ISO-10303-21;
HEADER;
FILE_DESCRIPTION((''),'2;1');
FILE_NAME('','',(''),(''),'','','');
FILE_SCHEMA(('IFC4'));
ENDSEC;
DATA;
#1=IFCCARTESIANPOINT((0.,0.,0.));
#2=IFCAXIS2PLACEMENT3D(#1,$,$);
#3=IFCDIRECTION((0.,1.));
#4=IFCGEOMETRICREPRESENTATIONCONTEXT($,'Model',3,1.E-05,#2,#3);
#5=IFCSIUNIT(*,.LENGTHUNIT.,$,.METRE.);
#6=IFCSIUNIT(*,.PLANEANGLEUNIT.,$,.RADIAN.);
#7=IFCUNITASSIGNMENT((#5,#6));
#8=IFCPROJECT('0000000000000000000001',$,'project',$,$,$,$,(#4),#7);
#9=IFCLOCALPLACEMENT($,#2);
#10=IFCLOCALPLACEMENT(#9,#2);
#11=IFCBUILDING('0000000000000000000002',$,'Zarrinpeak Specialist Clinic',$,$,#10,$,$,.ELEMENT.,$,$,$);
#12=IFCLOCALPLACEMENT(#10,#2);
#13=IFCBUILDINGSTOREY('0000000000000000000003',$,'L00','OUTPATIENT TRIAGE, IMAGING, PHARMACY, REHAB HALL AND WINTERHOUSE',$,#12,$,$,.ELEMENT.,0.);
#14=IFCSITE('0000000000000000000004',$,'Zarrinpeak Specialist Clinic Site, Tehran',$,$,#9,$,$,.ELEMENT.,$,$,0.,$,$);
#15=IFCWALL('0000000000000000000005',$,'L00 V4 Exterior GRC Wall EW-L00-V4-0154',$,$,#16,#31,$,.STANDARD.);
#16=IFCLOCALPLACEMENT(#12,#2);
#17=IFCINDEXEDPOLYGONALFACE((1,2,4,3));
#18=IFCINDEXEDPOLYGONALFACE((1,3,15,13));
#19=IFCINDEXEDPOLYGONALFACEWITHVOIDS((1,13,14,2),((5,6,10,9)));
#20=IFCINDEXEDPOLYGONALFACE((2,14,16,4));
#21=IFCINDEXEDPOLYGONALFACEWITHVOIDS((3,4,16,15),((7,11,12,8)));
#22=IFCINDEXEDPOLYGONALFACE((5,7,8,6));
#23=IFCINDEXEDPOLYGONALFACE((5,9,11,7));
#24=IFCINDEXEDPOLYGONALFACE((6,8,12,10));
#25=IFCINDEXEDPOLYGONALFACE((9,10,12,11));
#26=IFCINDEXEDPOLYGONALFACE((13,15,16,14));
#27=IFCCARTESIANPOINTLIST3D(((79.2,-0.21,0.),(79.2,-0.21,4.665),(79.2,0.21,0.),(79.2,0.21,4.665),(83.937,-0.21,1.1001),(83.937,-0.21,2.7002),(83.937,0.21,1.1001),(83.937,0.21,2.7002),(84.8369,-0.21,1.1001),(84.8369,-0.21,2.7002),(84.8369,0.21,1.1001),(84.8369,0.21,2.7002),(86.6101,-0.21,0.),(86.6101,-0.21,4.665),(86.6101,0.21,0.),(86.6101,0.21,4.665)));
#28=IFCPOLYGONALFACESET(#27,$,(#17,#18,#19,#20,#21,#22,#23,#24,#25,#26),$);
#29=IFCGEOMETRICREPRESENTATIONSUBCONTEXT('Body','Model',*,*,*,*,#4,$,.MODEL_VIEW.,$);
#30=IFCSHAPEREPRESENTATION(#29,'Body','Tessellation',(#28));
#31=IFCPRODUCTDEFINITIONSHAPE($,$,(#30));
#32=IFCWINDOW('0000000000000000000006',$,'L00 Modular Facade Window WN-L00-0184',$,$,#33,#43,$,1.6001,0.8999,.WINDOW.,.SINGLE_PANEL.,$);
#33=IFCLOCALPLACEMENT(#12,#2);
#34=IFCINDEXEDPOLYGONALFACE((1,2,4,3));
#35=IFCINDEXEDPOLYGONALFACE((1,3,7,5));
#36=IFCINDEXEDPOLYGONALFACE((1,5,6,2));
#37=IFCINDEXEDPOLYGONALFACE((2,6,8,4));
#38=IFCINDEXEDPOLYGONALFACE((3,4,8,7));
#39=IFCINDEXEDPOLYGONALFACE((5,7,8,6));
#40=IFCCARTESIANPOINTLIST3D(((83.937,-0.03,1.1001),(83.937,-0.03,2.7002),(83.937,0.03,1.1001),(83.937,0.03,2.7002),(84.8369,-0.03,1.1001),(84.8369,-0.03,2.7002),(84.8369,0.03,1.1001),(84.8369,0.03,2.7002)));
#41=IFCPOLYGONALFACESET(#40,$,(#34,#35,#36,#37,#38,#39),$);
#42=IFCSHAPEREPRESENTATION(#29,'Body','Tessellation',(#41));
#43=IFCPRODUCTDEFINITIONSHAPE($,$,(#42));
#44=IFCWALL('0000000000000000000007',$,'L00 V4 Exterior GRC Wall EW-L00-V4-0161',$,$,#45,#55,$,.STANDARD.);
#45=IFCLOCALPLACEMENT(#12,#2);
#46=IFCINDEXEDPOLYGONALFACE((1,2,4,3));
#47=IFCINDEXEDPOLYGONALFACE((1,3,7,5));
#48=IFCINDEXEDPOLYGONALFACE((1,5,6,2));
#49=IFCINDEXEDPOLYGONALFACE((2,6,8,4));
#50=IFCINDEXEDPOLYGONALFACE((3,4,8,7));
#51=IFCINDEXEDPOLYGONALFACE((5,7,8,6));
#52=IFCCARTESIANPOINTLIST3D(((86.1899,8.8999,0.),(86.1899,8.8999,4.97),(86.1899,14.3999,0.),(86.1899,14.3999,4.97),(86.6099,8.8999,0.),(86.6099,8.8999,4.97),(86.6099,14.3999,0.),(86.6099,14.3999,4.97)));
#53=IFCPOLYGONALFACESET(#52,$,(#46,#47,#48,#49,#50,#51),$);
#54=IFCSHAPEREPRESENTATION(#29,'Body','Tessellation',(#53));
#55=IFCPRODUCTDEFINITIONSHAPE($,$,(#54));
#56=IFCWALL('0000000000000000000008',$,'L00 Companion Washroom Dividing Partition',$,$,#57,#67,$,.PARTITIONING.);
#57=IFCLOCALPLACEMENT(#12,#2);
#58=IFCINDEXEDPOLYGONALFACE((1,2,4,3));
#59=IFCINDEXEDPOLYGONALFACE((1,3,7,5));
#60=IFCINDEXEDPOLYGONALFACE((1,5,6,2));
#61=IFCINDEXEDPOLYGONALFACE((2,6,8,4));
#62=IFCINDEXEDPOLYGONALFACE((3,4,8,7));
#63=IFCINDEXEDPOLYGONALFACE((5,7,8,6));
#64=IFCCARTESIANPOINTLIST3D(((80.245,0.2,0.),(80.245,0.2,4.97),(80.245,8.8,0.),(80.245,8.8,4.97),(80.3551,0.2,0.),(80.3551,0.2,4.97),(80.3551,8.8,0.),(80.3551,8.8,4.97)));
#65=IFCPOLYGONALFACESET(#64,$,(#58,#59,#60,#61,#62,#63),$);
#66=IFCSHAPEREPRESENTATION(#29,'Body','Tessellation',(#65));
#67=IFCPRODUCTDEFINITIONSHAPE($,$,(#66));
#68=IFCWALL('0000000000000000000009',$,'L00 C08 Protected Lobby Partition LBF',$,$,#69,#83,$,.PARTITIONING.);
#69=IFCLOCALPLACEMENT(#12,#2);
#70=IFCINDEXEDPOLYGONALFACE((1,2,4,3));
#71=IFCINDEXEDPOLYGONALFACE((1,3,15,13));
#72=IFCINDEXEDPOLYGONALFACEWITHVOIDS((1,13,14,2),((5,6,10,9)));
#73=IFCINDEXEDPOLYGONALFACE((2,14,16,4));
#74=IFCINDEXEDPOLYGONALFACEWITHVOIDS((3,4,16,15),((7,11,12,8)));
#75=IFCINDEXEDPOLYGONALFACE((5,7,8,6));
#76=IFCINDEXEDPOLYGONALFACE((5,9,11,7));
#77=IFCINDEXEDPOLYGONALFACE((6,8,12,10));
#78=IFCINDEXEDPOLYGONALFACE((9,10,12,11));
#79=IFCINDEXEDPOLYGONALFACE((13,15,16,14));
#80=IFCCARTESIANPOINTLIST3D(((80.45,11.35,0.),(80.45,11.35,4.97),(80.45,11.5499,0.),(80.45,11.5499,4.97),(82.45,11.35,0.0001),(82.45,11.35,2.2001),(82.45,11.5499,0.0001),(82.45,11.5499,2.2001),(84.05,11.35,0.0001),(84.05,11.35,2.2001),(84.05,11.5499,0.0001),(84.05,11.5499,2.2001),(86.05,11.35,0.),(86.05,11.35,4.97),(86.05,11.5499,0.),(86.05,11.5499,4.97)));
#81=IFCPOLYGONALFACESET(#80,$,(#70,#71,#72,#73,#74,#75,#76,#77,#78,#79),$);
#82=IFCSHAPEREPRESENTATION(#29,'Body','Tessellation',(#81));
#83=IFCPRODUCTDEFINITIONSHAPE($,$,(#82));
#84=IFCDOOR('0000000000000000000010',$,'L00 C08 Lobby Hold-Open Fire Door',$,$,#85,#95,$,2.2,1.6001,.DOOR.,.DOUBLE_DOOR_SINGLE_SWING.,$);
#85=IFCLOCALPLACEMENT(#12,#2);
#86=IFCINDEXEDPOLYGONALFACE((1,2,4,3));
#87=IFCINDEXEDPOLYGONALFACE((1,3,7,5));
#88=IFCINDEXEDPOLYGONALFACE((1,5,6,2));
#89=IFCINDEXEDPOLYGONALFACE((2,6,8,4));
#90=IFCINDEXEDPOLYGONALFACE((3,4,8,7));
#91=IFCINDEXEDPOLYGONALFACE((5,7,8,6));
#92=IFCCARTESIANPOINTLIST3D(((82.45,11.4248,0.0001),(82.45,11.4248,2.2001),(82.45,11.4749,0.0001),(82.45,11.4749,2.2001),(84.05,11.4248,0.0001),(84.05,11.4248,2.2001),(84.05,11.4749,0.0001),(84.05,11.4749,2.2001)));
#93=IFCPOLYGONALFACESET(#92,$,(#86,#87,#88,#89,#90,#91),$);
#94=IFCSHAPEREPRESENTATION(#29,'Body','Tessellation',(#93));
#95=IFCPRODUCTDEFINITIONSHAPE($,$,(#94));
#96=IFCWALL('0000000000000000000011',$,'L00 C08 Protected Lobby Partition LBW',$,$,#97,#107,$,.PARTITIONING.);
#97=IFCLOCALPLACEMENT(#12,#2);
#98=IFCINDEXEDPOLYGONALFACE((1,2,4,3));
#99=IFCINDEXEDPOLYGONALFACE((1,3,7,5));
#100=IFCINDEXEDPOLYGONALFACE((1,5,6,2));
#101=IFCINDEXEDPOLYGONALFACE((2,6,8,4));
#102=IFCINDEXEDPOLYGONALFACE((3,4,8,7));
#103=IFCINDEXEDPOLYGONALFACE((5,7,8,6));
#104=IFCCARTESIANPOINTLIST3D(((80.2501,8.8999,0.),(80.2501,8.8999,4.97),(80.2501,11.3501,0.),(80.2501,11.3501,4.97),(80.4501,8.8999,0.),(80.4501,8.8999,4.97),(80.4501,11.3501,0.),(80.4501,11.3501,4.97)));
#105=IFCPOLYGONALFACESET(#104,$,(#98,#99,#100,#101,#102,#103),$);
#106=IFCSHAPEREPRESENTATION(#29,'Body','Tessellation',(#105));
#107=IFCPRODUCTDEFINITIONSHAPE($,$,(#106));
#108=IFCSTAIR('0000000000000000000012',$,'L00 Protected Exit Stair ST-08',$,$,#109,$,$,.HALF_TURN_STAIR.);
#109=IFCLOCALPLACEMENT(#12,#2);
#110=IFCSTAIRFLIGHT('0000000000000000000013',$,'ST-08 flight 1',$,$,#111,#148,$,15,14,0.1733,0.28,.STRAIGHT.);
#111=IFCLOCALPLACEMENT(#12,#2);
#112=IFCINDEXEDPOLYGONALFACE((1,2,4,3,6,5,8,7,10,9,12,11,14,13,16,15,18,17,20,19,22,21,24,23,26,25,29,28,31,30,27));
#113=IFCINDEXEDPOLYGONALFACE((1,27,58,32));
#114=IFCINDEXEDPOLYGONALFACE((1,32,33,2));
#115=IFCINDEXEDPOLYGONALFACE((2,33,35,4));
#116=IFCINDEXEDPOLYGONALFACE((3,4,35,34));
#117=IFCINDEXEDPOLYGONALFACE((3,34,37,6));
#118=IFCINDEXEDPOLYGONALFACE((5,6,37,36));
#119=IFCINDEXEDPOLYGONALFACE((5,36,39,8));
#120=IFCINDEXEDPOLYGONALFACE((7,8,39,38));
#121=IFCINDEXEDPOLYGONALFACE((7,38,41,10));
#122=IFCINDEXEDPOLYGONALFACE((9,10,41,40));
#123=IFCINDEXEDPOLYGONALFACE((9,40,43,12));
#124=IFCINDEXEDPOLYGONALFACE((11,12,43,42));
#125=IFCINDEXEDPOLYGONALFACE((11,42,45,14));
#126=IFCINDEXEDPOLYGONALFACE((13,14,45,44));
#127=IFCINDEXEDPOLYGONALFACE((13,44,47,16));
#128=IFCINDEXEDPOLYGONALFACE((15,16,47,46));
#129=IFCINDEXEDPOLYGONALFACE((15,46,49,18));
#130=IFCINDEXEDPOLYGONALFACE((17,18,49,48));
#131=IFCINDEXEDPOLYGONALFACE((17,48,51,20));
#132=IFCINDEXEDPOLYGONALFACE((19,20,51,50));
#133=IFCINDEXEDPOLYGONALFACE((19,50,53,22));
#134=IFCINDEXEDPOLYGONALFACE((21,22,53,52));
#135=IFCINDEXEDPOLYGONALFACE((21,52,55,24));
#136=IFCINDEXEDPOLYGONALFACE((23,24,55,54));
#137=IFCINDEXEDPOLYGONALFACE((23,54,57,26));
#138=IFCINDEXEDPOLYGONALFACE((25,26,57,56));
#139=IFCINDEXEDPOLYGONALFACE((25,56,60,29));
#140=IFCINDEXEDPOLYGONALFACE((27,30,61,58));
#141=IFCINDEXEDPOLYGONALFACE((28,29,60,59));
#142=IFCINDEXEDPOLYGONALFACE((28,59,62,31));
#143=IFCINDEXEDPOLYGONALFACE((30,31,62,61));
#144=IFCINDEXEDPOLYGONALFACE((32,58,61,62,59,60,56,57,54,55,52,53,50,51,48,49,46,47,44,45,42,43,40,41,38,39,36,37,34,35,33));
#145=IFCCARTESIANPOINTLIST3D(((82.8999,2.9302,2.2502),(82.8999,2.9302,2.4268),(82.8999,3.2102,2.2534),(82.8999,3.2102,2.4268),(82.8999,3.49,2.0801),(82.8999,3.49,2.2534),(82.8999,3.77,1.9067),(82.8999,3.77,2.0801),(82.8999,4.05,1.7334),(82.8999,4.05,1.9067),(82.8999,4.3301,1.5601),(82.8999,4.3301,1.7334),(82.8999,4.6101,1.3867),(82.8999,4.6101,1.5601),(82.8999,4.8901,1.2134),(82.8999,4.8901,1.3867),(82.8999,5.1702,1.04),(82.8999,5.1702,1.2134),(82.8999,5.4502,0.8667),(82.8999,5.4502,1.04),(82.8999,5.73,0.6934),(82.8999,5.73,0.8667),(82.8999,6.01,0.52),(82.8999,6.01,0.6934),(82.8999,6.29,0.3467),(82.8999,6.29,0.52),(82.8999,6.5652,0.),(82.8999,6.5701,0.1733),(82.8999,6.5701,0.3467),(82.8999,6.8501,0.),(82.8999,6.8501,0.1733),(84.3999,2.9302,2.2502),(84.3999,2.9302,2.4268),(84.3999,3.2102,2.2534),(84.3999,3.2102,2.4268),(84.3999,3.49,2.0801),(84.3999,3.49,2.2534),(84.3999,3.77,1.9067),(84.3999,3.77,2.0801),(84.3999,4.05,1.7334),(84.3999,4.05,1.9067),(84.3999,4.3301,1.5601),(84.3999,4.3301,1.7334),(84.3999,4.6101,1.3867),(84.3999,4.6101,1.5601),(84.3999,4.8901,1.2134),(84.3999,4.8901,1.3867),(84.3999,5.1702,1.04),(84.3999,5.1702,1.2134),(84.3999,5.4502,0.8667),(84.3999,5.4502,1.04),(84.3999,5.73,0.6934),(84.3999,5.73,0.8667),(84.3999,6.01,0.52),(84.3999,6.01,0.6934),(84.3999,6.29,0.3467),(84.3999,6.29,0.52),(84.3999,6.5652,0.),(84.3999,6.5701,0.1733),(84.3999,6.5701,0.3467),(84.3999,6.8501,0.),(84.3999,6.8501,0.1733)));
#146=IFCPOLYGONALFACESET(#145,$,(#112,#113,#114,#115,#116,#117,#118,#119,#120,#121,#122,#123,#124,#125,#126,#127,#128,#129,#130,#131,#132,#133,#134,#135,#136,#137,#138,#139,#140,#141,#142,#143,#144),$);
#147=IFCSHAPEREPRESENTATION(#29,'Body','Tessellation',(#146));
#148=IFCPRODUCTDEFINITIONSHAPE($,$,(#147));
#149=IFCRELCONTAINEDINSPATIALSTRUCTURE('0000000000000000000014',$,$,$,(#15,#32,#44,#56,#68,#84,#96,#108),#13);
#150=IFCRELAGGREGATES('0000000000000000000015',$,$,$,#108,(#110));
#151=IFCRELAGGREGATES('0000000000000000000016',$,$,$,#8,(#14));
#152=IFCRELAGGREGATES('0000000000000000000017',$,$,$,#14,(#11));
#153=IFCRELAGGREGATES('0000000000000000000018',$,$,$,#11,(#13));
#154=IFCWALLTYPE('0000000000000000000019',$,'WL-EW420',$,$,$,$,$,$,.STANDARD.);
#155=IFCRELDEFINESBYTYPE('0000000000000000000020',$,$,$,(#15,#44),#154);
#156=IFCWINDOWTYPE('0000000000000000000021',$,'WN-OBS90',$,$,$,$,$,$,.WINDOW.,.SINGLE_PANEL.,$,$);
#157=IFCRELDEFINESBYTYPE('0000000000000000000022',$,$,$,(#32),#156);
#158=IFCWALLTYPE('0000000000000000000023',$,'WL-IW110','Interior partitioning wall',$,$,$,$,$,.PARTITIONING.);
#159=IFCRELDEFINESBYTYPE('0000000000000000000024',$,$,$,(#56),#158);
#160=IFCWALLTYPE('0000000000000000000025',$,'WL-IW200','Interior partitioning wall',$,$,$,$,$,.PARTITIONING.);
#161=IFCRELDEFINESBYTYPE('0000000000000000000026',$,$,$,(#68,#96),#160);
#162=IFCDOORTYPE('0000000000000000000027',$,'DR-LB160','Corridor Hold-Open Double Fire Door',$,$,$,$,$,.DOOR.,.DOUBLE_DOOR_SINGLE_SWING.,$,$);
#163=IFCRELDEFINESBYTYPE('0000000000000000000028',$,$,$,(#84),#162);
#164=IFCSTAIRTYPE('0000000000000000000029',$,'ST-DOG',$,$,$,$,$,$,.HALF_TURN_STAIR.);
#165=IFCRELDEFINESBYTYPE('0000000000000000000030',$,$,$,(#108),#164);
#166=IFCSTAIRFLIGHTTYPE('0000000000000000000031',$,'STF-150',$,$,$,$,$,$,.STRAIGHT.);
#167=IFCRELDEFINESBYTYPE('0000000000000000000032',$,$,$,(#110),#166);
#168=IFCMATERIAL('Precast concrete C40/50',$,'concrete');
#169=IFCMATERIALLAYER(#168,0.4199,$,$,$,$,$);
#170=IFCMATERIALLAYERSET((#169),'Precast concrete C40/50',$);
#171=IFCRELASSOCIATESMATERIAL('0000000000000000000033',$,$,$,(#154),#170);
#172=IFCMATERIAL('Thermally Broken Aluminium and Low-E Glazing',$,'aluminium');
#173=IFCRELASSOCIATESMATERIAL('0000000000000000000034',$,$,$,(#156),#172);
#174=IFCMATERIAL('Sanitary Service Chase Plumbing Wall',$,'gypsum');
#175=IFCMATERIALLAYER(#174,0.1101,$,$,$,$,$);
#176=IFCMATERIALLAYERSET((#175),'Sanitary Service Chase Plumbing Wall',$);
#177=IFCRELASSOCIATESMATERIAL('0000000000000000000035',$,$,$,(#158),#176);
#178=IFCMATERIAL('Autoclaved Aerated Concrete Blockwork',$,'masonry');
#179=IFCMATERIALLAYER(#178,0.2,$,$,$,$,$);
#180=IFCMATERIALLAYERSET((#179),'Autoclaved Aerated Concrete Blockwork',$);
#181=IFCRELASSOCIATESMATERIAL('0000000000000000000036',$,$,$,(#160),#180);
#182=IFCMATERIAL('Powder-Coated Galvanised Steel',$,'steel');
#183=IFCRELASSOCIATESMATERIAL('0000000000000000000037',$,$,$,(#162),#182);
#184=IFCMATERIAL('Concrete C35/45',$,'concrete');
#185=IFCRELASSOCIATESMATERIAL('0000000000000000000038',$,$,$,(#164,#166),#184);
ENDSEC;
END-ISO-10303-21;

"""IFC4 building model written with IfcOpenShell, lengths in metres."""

from ifc_helpers import new_model, si_unit, direction, frame, frame_2d, origin, place, context, subcontext, project, spatial, polyline, rectangle, outline, extrude, material, layer, layer_set, type_object, element, fill, aggregate, save


model = new_model("IFC4")

# Units and contexts
model_context = context("Model", 3, precision=1e-05, world=origin(), true_north=direction((0.0, 1.0)))
body_context = subcontext(model_context, "Body", "Model", "MODEL_VIEW")
ifc_project = project(units=[si_unit("LENGTHUNIT", "METRE"), si_unit("PLANEANGLEUNIT", "RADIAN")], contexts=[model_context])

# Site, building, storey
site_placement = place(None, origin())
site = spatial("IfcSite", under=ifc_project, at=site_placement, Name="Zarrinpeak Specialist Clinic Site, Tehran", CompositionType="ELEMENT", RefElevation=0.0)
building_placement = place(site_placement, origin())
building = spatial("IfcBuilding", under=site, at=building_placement, Name="Zarrinpeak Specialist Clinic", CompositionType="ELEMENT")
storey_placement = place(building_placement, origin())
storey = spatial("IfcBuildingStorey", under=building, at=storey_placement, Name="L00", Description="OUTPATIENT TRIAGE, IMAGING, PHARMACY, REHAB HALL AND WINTERHOUSE", CompositionType="ELEMENT", Elevation=0.0)

# Shared definitions
ifc_material_1 = material(Name="Powder-Coated Galvanised Steel", Category="steel")

# Wall, opening, window
ifc_material_2 = material(Name="Precast concrete C40/50", Category="concrete")
ifc_layer_1 = layer(ifc_material_2, 0.4199)
ifc_layer_set_1 = layer_set([ifc_layer_1], Name="Precast concrete C40/50")
wall_type_1 = type_object("IfcWallType", Name="WL-EW420", PredefinedType="STANDARD", material=ifc_layer_set_1)
wall_1_placement = place(storey_placement, frame((79.2, 0.0, 0.0), z_axis=(0.0, 0.0, 1.0), x_axis=(1.0, 0.0, 0.0)))
wall_1 = element("IfcWall", 1, at=wall_1_placement, inside=storey, type_object=wall_type_1, Name="L00 V4 Exterior GRC Wall EW-L00-V4-0154", PredefinedType="STANDARD", context=body_context, shape_type="SweptSolid", body=[
    extrude(rectangle(XDim=7.4102, YDim=0.4199, at=frame_2d((3.7051, 0.0))), origin(), (0.0, 0.0, 1.0), 4.665),
])
opening_1_placement = place(wall_1_placement, frame((4.7371, 0.0, 1.1001)))
opening_1 = element("IfcOpeningElement", 2, at=opening_1_placement, cuts=wall_1, PredefinedType="OPENING", context=body_context, shape_type="SweptSolid", body=[
    extrude(rectangle(XDim=0.8999, YDim=1.6001, at=frame_2d((0.45, 0.8))), frame((0.0, 0.22, 0.0), z_axis=(0.0, -1.0, 0.0), x_axis=(1.0, 0.0, 0.0)), (0.0, 0.0, 1.0), 0.4399),
])
ifc_material_3 = material(Name="Thermally Broken Aluminium and Low-E Glazing", Category="aluminium")
window_type = type_object("IfcWindowType", Name="WN-OBS90", PartitioningType="SINGLE_PANEL", PredefinedType="WINDOW", material=ifc_material_3)
window_placement = place(opening_1_placement, origin())
window = element("IfcWindow", 3, at=window_placement, inside=storey, type_object=window_type, Name="L00 Modular Facade Window WN-L00-0184", OverallHeight=1.6001, OverallWidth=0.8999, PartitioningType="SINGLE_PANEL", PredefinedType="WINDOW", context=body_context, shape_type="SweptSolid", body=[
    extrude(rectangle(XDim=0.8999, YDim=1.6001, at=frame_2d((0.45, 0.8))), frame((0.0, 0.03, 0.0), z_axis=(0.0, -1.0, 0.0), x_axis=(1.0, 0.0, 0.0)), (0.0, 0.0, 1.0), 0.0601),
])
fill(opening_1, window)

# Walls
wall_2_placement = place(storey_placement, frame((86.3999, 8.8999, 0.0), z_axis=(0.0, 0.0, 1.0), x_axis=(0.0, 1.0, 0.0)))
element("IfcWall", 4, at=wall_2_placement, inside=storey, type_object=wall_type_1, Name="L00 V4 Exterior GRC Wall EW-L00-V4-0161", PredefinedType="STANDARD", context=body_context, shape_type="SweptSolid", body=[
    extrude(rectangle(XDim=5.5, YDim=0.4199, at=frame_2d((2.75, 0.0))), origin(), (0.0, 0.0, 1.0), 4.97),
])
ifc_material_4 = material(Name="Sanitary Service Chase Plumbing Wall", Category="gypsum")
ifc_layer_2 = layer(ifc_material_4, 0.1101)
ifc_layer_set_2 = layer_set([ifc_layer_2], Name="Sanitary Service Chase Plumbing Wall")
wall_type_2 = type_object("IfcWallType", Name="WL-IW110", Description="Interior partitioning wall", PredefinedType="PARTITIONING", material=ifc_layer_set_2)
wall_3_placement = place(storey_placement, frame((80.3, 0.2, 0.0), z_axis=(0.0, 0.0, 1.0), x_axis=(0.0, 1.0, 0.0)))
element("IfcWall", 5, at=wall_3_placement, inside=storey, type_object=wall_type_2, Name="L00 Companion Washroom Dividing Partition", PredefinedType="PARTITIONING", context=body_context, shape_type="SweptSolid", body=[
    extrude(rectangle(XDim=8.6001, YDim=0.1101, at=frame_2d((4.3, 0.0))), origin(), (0.0, 0.0, 1.0), 4.97),
])

# Wall, opening, door
ifc_material_5 = material(Name="Autoclaved Aerated Concrete Blockwork", Category="masonry")
ifc_layer_3 = layer(ifc_material_5, 0.2)
ifc_layer_set_3 = layer_set([ifc_layer_3], Name="Autoclaved Aerated Concrete Blockwork")
wall_type_3 = type_object("IfcWallType", Name="WL-IW200", Description="Interior partitioning wall", PredefinedType="PARTITIONING", material=ifc_layer_set_3)
wall_4_placement = place(storey_placement, frame((80.45, 11.45, 0.0), z_axis=(0.0, 0.0, 1.0), x_axis=(1.0, 0.0, 0.0)))
wall_4 = element("IfcWall", 6, at=wall_4_placement, inside=storey, type_object=wall_type_3, Name="L00 C08 Protected Lobby Partition LBF", PredefinedType="PARTITIONING", context=body_context, shape_type="SweptSolid", body=[
    extrude(rectangle(XDim=5.6001, YDim=0.2, at=frame_2d((2.8, 0.0))), origin(), (0.0, 0.0, 1.0), 4.97),
])
opening_2_placement = place(wall_4_placement, frame((2.0, 0.0, 0.0)))
opening_2 = element("IfcOpeningElement", 7, at=opening_2_placement, cuts=wall_4, PredefinedType="OPENING", context=body_context, shape_type="SweptSolid", body=[
    extrude(rectangle(XDim=1.6001, YDim=2.2, at=frame_2d((0.8, 1.1001))), frame((0.0, 0.1099, 0.0), z_axis=(0.0, -1.0, 0.0), x_axis=(1.0, 0.0, 0.0)), (0.0, 0.0, 1.0), 0.22),
])
door_type_1 = type_object("IfcDoorType", Name="DR-LB160", Description="Corridor Hold-Open Double Fire Door", OperationType="DOUBLE_DOOR_SINGLE_SWING", PredefinedType="DOOR", material=ifc_material_1)
door_1_placement = place(opening_2_placement, origin())
door_1 = element("IfcDoor", 8, at=door_1_placement, inside=storey, type_object=door_type_1, Name="L00 C08 Lobby Hold-Open Fire Door", OperationType="DOUBLE_DOOR_SINGLE_SWING", OverallHeight=2.2, OverallWidth=1.6001, PredefinedType="DOOR", context=body_context, shape_type="SweptSolid", body=[
    extrude(rectangle(XDim=1.6001, YDim=2.2, at=frame_2d((0.8, 1.1001))), frame((0.0, 0.0249, 0.0), z_axis=(0.0, -1.0, 0.0), x_axis=(1.0, 0.0, 0.0)), (0.0, 0.0, 1.0), 0.05),
])
fill(opening_2, door_1)

# Wall
wall_5_placement = place(storey_placement, frame((80.3501, 8.8999, 0.0), z_axis=(0.0, 0.0, 1.0), x_axis=(0.0, 1.0, 0.0)))
element("IfcWall", 9, at=wall_5_placement, inside=storey, type_object=wall_type_3, Name="L00 C08 Protected Lobby Partition LBW", PredefinedType="PARTITIONING", context=body_context, shape_type="SweptSolid", body=[
    extrude(rectangle(XDim=2.4502, YDim=0.2, at=frame_2d((1.2251, 0.0))), origin(), (0.0, 0.0, 1.0), 4.97),
])

# Stair, stair flight
ifc_material_6 = material(Name="Concrete C35/45", Category="concrete")
stair_type = type_object("IfcStairType", Name="ST-DOG", PredefinedType="HALF_TURN_STAIR", material=ifc_material_6)
stair_placement = place(storey_placement, origin())
stair = element("IfcStair", 10, at=stair_placement, inside=storey, type_object=stair_type, Name="L00 Protected Exit Stair ST-08", PredefinedType="HALF_TURN_STAIR")
stair_flight_type = type_object("IfcStairFlightType", Name="STF-150", PredefinedType="STRAIGHT", material=ifc_material_6)
stair_flight_1_placement = place(storey_placement, frame((83.6499, 6.8501, 0.0), z_axis=(0.0, 0.0, 1.0), x_axis=(0.0, -1.0, 0.0)))
stair_flight_1 = element("IfcStairFlight", 11, at=stair_flight_1_placement, type_object=stair_flight_type, Name="ST-08 flight 1", NumberOfRisers=15, NumberOfTreads=14, PredefinedType="STRAIGHT", RiserHeight=0.1733, TreadLength=0.28, context=body_context, shape_type="SweptSolid", body=[
    extrude(outline(polyline([(0.0, 0.0), (0.0, 0.1733), (0.28, 0.1733), (0.28, 0.3467), (0.5601, 0.3467), (0.5601, 0.52), (0.8401, 0.52), (0.8401, 0.6934), (1.1201, 0.6934), (1.1201, 0.8667), (1.3999, 0.8667), (1.3999, 1.04), (1.6799, 1.04), (1.6799, 1.2134), (1.96, 1.2134), (1.96, 1.3867), (2.24, 1.3867), (2.24, 1.5601), (2.52, 1.5601), (2.52, 1.7334), (2.8, 1.7334), (2.8, 1.9067), (3.0801, 1.9067), (3.0801, 2.0801), (3.3601, 2.0801), (3.3601, 2.2534), (3.6399, 2.2534), (3.6399, 2.4268), (3.9199, 2.4268), (3.9199, 2.6001), (3.9199, 2.2502), (0.2849, 0.0), (0.0, 0.0)])), frame((0.0, 0.75, 0.0), z_axis=(0.0, -1.0, 0.0), x_axis=(1.0, 0.0, 0.0)), (0.0, 0.0, 1.0), 1.5),
])
aggregate(stair, [stair_flight_1])

save(model, "model.ifc")
